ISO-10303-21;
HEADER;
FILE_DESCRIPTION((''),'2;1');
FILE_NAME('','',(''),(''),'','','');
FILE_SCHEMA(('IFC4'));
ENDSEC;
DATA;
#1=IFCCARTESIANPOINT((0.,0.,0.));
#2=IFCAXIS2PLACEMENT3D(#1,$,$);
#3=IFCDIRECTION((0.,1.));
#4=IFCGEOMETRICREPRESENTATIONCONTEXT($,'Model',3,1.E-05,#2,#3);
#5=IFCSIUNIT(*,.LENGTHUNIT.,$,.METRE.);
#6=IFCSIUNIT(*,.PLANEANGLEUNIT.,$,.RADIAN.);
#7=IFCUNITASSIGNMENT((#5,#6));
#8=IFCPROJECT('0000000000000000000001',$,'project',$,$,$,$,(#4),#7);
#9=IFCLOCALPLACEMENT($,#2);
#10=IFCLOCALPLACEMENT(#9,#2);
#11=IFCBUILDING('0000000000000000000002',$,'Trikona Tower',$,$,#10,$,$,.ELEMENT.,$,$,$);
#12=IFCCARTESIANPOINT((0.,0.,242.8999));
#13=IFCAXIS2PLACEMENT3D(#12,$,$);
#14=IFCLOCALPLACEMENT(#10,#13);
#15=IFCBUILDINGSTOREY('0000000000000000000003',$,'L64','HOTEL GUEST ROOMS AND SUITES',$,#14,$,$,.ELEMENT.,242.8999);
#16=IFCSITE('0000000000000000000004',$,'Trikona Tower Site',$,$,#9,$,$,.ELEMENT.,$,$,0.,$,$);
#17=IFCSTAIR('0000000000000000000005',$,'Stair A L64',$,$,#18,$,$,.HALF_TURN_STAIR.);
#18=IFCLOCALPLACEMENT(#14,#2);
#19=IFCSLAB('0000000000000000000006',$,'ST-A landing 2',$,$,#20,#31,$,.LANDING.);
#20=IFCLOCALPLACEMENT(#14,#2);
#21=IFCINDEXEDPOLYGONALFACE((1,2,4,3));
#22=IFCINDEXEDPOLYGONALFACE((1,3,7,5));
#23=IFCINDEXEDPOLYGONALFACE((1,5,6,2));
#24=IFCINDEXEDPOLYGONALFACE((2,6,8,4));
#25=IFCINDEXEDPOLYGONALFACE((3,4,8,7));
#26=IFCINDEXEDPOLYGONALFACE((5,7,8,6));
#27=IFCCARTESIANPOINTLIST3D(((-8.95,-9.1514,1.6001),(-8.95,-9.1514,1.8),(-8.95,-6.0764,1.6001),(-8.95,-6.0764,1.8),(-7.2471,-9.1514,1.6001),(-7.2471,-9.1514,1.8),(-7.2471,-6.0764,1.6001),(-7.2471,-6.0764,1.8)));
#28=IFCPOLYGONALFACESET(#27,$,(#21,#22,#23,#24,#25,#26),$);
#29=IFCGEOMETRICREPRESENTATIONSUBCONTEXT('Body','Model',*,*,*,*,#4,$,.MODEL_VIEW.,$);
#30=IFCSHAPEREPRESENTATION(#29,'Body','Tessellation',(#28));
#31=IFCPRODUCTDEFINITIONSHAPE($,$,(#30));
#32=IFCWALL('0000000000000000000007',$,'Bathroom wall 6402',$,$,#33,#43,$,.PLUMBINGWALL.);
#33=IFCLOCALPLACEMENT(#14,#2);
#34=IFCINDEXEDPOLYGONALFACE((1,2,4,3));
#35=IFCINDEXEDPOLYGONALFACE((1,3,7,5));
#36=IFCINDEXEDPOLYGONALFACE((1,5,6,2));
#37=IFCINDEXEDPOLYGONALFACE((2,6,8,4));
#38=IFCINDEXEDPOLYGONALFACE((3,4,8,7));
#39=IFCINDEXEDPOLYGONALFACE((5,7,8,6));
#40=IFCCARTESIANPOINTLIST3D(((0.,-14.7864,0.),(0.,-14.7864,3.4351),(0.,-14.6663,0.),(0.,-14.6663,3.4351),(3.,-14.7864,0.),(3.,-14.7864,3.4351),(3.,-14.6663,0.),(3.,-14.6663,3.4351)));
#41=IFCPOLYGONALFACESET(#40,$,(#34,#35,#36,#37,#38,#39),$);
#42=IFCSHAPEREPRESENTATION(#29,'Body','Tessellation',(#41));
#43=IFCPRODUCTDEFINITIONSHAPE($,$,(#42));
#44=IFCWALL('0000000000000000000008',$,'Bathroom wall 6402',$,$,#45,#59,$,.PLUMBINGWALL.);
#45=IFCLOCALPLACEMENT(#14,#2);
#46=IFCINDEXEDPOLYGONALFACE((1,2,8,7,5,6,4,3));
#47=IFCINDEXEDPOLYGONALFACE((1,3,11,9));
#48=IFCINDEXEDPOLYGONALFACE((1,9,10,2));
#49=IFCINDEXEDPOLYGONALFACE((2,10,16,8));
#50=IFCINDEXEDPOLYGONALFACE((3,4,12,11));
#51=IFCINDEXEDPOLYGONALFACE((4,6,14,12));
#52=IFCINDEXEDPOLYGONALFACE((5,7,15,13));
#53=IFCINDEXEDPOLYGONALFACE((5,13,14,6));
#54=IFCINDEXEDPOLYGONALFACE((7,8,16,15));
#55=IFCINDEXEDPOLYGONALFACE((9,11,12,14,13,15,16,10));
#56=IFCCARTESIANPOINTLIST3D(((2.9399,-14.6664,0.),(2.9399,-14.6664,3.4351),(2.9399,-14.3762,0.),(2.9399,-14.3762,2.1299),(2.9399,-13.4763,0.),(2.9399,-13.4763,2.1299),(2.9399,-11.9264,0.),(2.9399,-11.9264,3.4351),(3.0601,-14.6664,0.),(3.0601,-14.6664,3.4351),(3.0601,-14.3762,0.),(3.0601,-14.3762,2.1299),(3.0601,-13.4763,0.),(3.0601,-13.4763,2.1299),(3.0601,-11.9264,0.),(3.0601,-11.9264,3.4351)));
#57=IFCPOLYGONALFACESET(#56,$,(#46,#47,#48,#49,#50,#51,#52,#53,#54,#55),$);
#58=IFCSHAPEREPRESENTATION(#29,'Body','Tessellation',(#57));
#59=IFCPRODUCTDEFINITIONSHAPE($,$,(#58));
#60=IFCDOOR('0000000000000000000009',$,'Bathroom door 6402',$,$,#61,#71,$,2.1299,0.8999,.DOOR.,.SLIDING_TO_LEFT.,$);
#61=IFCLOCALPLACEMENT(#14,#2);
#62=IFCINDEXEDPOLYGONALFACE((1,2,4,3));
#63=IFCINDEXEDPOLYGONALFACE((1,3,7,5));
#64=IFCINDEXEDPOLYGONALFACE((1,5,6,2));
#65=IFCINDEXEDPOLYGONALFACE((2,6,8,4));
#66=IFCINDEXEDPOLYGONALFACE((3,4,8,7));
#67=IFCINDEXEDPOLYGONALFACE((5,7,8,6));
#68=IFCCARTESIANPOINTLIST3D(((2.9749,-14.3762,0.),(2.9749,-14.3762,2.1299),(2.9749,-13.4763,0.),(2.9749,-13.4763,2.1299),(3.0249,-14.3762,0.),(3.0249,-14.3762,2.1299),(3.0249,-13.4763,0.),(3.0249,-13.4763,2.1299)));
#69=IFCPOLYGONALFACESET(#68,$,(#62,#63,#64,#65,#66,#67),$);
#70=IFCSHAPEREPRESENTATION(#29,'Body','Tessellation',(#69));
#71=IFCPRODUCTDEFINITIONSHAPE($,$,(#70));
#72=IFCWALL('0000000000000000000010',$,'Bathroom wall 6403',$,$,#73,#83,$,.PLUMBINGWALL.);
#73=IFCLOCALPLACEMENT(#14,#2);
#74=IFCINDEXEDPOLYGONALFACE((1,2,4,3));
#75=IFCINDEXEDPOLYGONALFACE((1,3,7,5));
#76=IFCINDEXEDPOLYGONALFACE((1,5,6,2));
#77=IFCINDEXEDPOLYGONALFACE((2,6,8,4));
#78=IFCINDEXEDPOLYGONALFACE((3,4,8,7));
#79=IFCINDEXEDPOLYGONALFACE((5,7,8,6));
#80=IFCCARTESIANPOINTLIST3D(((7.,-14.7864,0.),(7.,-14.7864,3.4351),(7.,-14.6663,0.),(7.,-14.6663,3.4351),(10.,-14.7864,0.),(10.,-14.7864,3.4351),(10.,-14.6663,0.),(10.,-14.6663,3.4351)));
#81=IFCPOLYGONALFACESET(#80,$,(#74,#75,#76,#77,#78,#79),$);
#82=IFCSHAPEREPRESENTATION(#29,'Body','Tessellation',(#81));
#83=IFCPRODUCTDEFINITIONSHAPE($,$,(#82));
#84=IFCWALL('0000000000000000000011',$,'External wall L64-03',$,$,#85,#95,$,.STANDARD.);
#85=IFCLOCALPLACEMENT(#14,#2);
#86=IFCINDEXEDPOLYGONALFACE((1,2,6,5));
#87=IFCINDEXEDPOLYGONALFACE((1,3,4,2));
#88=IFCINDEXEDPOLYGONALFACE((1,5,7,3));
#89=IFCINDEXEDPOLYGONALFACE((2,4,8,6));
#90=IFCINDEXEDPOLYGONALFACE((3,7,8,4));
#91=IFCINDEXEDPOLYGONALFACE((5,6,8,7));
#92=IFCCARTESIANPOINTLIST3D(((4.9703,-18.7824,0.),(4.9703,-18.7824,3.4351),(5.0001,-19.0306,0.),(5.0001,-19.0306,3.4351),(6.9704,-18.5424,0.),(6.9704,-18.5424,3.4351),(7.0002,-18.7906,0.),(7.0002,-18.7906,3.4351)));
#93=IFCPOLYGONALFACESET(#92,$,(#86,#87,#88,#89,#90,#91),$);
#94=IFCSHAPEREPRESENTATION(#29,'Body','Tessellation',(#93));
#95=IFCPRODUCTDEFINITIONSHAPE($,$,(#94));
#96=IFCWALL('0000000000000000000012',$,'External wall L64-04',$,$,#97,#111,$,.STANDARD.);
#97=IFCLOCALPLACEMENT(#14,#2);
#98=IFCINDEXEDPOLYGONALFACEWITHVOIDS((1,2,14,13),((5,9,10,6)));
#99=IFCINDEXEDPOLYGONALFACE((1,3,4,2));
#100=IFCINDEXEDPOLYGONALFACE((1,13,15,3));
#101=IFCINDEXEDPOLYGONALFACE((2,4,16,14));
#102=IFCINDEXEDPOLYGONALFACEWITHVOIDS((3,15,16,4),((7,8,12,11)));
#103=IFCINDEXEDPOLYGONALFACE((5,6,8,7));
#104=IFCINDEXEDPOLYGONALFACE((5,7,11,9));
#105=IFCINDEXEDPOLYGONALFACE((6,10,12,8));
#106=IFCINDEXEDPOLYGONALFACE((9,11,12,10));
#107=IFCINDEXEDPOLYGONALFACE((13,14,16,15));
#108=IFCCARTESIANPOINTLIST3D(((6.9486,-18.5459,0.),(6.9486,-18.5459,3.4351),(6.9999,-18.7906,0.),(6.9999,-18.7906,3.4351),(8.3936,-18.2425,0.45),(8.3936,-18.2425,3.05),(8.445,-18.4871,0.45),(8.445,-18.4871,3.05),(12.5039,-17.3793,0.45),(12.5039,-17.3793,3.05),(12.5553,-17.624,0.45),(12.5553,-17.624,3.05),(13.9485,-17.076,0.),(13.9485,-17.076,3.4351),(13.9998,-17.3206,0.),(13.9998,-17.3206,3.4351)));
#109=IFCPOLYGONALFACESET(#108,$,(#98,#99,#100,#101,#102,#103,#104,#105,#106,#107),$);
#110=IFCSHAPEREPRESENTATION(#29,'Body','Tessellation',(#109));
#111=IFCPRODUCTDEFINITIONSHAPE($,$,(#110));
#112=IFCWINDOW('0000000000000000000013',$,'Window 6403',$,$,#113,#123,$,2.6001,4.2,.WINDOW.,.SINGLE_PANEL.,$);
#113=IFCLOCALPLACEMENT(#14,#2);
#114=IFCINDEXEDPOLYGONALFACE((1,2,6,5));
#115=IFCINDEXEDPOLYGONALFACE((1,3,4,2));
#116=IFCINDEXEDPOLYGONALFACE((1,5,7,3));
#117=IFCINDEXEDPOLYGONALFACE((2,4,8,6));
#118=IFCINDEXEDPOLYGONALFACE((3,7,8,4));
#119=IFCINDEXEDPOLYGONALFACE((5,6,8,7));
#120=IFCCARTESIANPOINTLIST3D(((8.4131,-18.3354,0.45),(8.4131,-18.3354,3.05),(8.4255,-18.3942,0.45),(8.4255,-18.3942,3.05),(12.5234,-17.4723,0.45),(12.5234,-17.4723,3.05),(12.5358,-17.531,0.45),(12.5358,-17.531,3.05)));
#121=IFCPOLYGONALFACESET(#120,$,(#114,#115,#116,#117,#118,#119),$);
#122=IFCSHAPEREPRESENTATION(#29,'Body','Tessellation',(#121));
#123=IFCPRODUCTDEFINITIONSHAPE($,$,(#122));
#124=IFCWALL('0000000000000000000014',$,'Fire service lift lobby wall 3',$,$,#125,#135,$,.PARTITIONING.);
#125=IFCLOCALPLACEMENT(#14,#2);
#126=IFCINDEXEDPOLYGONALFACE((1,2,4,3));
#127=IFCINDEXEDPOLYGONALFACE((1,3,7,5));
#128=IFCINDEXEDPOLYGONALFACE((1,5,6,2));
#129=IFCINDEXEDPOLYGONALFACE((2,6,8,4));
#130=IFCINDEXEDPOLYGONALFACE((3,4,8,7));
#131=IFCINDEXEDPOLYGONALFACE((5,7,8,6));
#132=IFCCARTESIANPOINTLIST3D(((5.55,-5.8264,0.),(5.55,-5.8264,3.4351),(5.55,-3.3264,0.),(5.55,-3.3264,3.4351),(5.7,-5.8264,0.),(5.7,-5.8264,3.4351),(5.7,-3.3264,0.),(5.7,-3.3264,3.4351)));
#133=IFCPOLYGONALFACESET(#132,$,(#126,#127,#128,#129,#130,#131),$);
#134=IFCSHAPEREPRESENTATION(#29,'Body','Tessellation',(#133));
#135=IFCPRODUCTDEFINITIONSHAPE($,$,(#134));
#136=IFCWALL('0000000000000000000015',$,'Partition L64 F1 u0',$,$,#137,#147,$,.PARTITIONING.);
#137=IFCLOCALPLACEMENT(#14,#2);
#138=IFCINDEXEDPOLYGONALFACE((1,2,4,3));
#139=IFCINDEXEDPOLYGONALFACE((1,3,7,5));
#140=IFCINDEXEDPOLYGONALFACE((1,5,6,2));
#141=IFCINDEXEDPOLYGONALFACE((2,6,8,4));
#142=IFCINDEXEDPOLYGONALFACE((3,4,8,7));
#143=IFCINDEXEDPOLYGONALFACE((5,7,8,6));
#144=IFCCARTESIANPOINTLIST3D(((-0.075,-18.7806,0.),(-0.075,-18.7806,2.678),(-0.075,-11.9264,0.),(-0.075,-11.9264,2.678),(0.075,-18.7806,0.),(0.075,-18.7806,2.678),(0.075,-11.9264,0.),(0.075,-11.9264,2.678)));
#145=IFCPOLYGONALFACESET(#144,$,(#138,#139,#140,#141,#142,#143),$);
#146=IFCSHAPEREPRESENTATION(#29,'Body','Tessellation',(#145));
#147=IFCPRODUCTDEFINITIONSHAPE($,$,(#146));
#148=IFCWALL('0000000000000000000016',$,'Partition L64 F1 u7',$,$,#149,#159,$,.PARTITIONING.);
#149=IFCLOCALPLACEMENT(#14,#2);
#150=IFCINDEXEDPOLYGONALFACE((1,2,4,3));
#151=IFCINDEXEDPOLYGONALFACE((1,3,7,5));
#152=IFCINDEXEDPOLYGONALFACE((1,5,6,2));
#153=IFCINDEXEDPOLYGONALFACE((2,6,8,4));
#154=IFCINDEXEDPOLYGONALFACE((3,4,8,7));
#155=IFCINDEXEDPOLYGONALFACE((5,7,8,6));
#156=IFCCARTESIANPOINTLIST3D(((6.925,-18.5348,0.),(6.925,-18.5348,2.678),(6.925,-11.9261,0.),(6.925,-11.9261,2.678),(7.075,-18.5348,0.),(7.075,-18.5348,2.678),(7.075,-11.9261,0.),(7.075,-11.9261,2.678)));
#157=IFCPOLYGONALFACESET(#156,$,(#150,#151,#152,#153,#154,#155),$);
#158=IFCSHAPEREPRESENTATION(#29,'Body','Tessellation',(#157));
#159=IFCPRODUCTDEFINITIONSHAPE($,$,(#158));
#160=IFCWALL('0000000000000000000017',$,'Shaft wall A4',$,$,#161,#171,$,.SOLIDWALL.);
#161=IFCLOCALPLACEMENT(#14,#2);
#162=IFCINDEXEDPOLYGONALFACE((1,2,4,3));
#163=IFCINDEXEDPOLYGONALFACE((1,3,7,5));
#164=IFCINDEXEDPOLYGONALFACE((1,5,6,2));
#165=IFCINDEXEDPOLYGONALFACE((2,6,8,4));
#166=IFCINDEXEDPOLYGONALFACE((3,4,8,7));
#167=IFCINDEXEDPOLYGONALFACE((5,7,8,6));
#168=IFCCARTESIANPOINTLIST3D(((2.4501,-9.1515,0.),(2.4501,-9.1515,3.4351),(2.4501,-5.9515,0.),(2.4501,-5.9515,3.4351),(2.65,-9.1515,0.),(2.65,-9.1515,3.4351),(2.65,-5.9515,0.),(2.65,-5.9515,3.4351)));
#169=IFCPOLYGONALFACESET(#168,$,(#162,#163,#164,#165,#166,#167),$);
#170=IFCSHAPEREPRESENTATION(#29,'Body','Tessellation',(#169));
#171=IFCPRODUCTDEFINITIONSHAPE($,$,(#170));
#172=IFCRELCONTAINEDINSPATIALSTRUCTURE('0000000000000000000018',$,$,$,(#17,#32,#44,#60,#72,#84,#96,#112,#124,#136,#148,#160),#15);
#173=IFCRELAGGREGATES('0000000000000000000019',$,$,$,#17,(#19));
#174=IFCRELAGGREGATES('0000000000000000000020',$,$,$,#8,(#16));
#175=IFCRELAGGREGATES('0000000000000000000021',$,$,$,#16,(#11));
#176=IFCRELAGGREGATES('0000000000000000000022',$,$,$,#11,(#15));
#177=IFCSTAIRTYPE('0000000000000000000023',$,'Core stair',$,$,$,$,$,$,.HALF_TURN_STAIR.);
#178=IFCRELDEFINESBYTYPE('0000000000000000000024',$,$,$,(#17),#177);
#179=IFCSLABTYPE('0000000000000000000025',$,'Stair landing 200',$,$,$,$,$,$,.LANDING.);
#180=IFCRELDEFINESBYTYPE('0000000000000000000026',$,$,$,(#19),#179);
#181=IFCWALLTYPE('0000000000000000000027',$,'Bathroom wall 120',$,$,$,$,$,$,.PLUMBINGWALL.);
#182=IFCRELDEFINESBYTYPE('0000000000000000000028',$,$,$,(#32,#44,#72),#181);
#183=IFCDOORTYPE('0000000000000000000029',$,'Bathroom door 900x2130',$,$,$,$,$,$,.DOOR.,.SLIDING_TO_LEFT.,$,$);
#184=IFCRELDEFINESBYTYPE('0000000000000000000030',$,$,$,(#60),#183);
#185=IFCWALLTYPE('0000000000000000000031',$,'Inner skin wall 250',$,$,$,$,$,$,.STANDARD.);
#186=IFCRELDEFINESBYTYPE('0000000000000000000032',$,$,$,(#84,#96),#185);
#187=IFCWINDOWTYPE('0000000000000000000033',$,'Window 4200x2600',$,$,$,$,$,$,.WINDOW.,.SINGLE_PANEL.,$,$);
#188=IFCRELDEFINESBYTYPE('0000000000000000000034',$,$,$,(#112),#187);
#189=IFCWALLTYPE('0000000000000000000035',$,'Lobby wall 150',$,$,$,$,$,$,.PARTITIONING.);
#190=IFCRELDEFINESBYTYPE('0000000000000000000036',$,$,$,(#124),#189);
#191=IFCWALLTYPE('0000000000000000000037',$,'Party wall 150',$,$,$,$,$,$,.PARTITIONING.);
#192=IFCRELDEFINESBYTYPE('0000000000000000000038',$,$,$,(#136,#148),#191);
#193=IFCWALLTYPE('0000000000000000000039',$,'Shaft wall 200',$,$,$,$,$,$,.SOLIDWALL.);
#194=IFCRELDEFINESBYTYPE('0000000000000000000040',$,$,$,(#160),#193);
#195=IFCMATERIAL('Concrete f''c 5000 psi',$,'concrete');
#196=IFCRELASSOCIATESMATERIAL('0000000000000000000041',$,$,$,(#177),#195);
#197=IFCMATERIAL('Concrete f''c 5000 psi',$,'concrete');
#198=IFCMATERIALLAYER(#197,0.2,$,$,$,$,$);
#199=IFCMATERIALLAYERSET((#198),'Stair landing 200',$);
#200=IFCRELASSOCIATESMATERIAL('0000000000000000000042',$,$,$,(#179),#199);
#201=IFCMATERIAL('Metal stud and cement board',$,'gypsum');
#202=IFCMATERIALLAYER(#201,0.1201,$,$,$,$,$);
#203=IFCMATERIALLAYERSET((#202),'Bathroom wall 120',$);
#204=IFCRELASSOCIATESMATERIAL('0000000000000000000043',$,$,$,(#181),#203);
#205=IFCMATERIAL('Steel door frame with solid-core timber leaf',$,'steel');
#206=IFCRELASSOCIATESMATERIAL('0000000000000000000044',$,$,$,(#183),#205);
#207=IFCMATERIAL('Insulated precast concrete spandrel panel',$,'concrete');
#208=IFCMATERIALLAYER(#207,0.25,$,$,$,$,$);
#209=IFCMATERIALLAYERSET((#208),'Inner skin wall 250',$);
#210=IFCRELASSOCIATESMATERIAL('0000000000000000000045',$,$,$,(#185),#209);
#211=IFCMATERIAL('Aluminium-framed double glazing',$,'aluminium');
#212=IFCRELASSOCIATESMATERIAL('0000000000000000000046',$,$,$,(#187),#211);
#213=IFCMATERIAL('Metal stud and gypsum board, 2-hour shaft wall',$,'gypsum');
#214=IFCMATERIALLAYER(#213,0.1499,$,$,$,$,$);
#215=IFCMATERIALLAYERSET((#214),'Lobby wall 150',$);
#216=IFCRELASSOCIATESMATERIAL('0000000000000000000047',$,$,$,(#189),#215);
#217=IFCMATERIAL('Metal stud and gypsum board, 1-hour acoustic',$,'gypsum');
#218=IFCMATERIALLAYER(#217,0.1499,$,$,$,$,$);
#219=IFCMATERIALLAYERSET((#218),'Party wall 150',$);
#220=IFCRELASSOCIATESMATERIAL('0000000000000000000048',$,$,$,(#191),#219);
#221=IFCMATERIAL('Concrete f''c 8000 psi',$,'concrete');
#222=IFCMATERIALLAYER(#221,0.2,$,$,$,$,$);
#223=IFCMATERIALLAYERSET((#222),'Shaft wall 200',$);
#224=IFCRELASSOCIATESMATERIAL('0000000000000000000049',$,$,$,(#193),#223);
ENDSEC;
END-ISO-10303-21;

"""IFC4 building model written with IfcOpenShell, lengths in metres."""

from ifc_helpers import new_model, si_unit, direction, frame, frame_2d, origin, place, context, subcontext, project, spatial, polyline, rectangle, outline, extrude, material, layer, layer_set, type_object, element, fill, aggregate, save


model = new_model("IFC4")

# Units and contexts
model_context = context("Model", 3, precision=1e-05, world=origin(), true_north=direction((0.0, 1.0)))
body_context = subcontext(model_context, "Body", "Model", "MODEL_VIEW")
ifc_project = project(units=[si_unit("LENGTHUNIT", "METRE"), si_unit("PLANEANGLEUNIT", "RADIAN")], contexts=[model_context])

# Site, building, storey
site_placement = place(None, origin())
site = spatial("IfcSite", under=ifc_project, at=site_placement, Name="Trikona Tower Site", CompositionType="ELEMENT", RefElevation=0.0)
building_placement = place(site_placement, origin())
building = spatial("IfcBuilding", under=site, at=building_placement, Name="Trikona Tower", CompositionType="ELEMENT")
storey_placement = place(building_placement, frame((0.0, 0.0, 242.8999)))
storey = spatial("IfcBuildingStorey", under=building, at=storey_placement, Name="L64", Description="HOTEL GUEST ROOMS AND SUITES", CompositionType="ELEMENT", Elevation=242.8999)

# Stair, slab
ifc_material_1 = material(Name="Concrete f'c 5000 psi", Category="concrete")
stair_type = type_object("IfcStairType", Name="Core stair", PredefinedType="HALF_TURN_STAIR", material=ifc_material_1)
stair_placement = place(storey_placement, origin())
stair = element("IfcStair", 1, at=stair_placement, inside=storey, type_object=stair_type, Name="Stair A L64", PredefinedType="HALF_TURN_STAIR")
ifc_material_2 = material(Name="Concrete f'c 5000 psi", Category="concrete")
ifc_layer_1 = layer(ifc_material_2, 0.2)
ifc_layer_set_1 = layer_set([ifc_layer_1], Name="Stair landing 200")
slab_type_1 = type_object("IfcSlabType", Name="Stair landing 200", PredefinedType="LANDING", material=ifc_layer_set_1)
slab_1_placement = place(storey_placement, frame((0.0, 0.0, 1.6001)))
slab_1 = element("IfcSlab", 2, at=slab_1_placement, type_object=slab_type_1, Name="ST-A landing 2", PredefinedType="LANDING", context=body_context, shape_type="SweptSolid", body=[
    extrude(outline(polyline([(-8.95, -6.0764), (-7.2471, -6.0764), (-7.2471, -9.1514), (-8.95, -9.1514), (-8.95, -6.0764)])), origin(), (0.0, 0.0, 1.0), 0.2),
])
aggregate(stair, [slab_1])

# Wall
ifc_material_3 = material(Name="Metal stud and cement board", Category="gypsum")
ifc_layer_2 = layer(ifc_material_3, 0.1201)
ifc_layer_set_2 = layer_set([ifc_layer_2], Name="Bathroom wall 120")
wall_type_1 = type_object("IfcWallType", Name="Bathroom wall 120", PredefinedType="PLUMBINGWALL", material=ifc_layer_set_2)
wall_1_placement = place(storey_placement, frame((0.0, -14.7263, 0.0), z_axis=(0.0, 0.0, 1.0), x_axis=(1.0, 0.0, 0.0)))
element("IfcWall", 3, at=wall_1_placement, inside=storey, type_object=wall_type_1, Name="Bathroom wall 6402", PredefinedType="PLUMBINGWALL", context=body_context, shape_type="SweptSolid", body=[
    extrude(rectangle(XDim=3.0, YDim=0.1201, at=frame_2d((1.5, 0.0))), origin(), (0.0, 0.0, 1.0), 3.4351),
])

# Wall, opening, door
wall_2_placement = place(storey_placement, frame((3.0, -11.9263, 0.0), z_axis=(0.0, 0.0, 1.0), x_axis=(0.0, -1.0, 0.0)))
wall_2 = element("IfcWall", 4, at=wall_2_placement, inside=storey, type_object=wall_type_1, Name="Bathroom wall 6402", PredefinedType="PLUMBINGWALL", context=body_context, shape_type="SweptSolid", body=[
    extrude(rectangle(XDim=2.74, YDim=0.1201, at=frame_2d((1.3701, 0.0))), origin(), (0.0, 0.0, 1.0), 3.4351),
])
opening_1_placement = place(wall_2_placement, frame((1.55, 0.0, 0.0)))
opening_1 = element("IfcOpeningElement", 5, at=opening_1_placement, cuts=wall_2, PredefinedType="OPENING", context=body_context, shape_type="SweptSolid", body=[
    extrude(rectangle(XDim=0.8999, YDim=2.1299, at=frame_2d((0.45, 1.0649))), frame((0.0, 0.0701, 0.0), z_axis=(0.0, -1.0, 0.0), x_axis=(1.0, 0.0, 0.0)), (0.0, 0.0, 1.0), 0.1401),
])
ifc_material_4 = material(Name="Steel door frame with solid-core timber leaf", Category="steel")
door_type = type_object("IfcDoorType", Name="Bathroom door 900x2130", OperationType="SLIDING_TO_LEFT", PredefinedType="DOOR", material=ifc_material_4)
door_placement = place(opening_1_placement, origin())
door = element("IfcDoor", 6, at=door_placement, inside=storey, type_object=door_type, Name="Bathroom door 6402", OperationType="SLIDING_TO_LEFT", OverallHeight=2.1299, OverallWidth=0.8999, PredefinedType="DOOR", context=body_context, shape_type="SweptSolid", body=[
    extrude(rectangle(XDim=0.8999, YDim=2.1299, at=frame_2d((0.45, 1.0649))), frame((0.0, 0.0249, 0.0), z_axis=(0.0, -1.0, 0.0), x_axis=(1.0, 0.0, 0.0)), (0.0, 0.0, 1.0), 0.05),
])
fill(opening_1, door)

# Walls
wall_3_placement = place(storey_placement, frame((7.0, -14.7263, 0.0), z_axis=(0.0, 0.0, 1.0), x_axis=(1.0, 0.0, 0.0)))
element("IfcWall", 7, at=wall_3_placement, inside=storey, type_object=wall_type_1, Name="Bathroom wall 6403", PredefinedType="PLUMBINGWALL", context=body_context, shape_type="SweptSolid", body=[
    extrude(rectangle(XDim=3.0, YDim=0.1201, at=frame_2d((1.5, 0.0))), origin(), (0.0, 0.0, 1.0), 3.4351),
])
ifc_material_5 = material(Name="Insulated precast concrete spandrel panel", Category="concrete")
ifc_layer_3 = layer(ifc_material_5, 0.25)
ifc_layer_set_3 = layer_set([ifc_layer_3], Name="Inner skin wall 250")
wall_type_2 = type_object("IfcWallType", Name="Inner skin wall 250", PredefinedType="STANDARD", material=ifc_layer_set_3)
wall_4_placement = place(storey_placement, frame((4.9851, -18.9065, 0.0), z_axis=(0.0, 0.0, 1.0), x_axis=(0.992877, 0.11914, 0.0)))
element("IfcWall", 8, at=wall_4_placement, inside=storey, type_object=wall_type_2, Name="External wall L64-03", PredefinedType="STANDARD", context=body_context, shape_type="SweptSolid", body=[
    extrude(rectangle(XDim=2.0144, YDim=0.25, at=frame_2d((1.0073, 0.0))), origin(), (0.0, 0.0, 1.0), 3.4351),
])

# Wall, opening, window
wall_5_placement = place(storey_placement, frame((6.9744, -18.6682, 0.0), z_axis=(0.0, 0.0, 1.0), x_axis=(0.978654, 0.205513, 0.0)))
wall_5 = element("IfcWall", 9, at=wall_5_placement, inside=storey, type_object=wall_type_2, Name="External wall L64-04", PredefinedType="STANDARD", context=body_context, shape_type="SweptSolid", body=[
    extrude(rectangle(XDim=7.1526, YDim=0.25, at=frame_2d((3.5762, 0.0))), origin(), (0.0, 0.0, 1.0), 3.4351),
])
opening_2_placement = place(wall_5_placement, frame((1.4763, 0.0, 0.45)))
opening_2 = element("IfcOpeningElement", 10, at=opening_2_placement, cuts=wall_5, PredefinedType="OPENING", context=body_context, shape_type="SweptSolid", body=[
    extrude(rectangle(XDim=4.2, YDim=2.6001, at=frame_2d((2.1001, 1.3))), frame((0.0, 0.135, 0.0), z_axis=(0.0, -1.0, 0.0), x_axis=(1.0, 0.0, 0.0)), (0.0, 0.0, 1.0), 0.27),
])
ifc_material_6 = material(Name="Aluminium-framed double glazing", Category="aluminium")
window_type = type_object("IfcWindowType", Name="Window 4200x2600", PartitioningType="SINGLE_PANEL", PredefinedType="WINDOW", material=ifc_material_6)
window_placement = place(opening_2_placement, origin())
window = element("IfcWindow", 11, at=window_placement, inside=storey, type_object=window_type, Name="Window 6403", OverallHeight=2.6001, OverallWidth=4.2, PartitioningType="SINGLE_PANEL", PredefinedType="WINDOW", context=body_context, shape_type="SweptSolid", body=[
    extrude(rectangle(XDim=4.2, YDim=2.6001, at=frame_2d((2.1001, 1.3))), frame((0.0, 0.03, 0.0), z_axis=(0.0, -1.0, 0.0), x_axis=(1.0, 0.0, 0.0)), (0.0, 0.0, 1.0), 0.0601),
])
fill(opening_2, window)

# Walls
ifc_material_7 = material(Name="Metal stud and gypsum board, 2-hour shaft wall", Category="gypsum")
ifc_layer_4 = layer(ifc_material_7, 0.1499)
ifc_layer_set_4 = layer_set([ifc_layer_4], Name="Lobby wall 150")
wall_type_3 = type_object("IfcWallType", Name="Lobby wall 150", PredefinedType="PARTITIONING", material=ifc_layer_set_4)
wall_6_placement = place(storey_placement, frame((5.625, -5.8264, 0.0), z_axis=(0.0, 0.0, 1.0), x_axis=(0.0, 1.0, 0.0)))
element("IfcWall", 12, at=wall_6_placement, inside=storey, type_object=wall_type_3, Name="Fire service lift lobby wall 3", PredefinedType="PARTITIONING", context=body_context, shape_type="SweptSolid", body=[
    extrude(rectangle(XDim=2.5, YDim=0.1499, at=frame_2d((1.25, 0.0))), origin(), (0.0, 0.0, 1.0), 3.4351),
])
ifc_material_8 = material(Name="Metal stud and gypsum board, 1-hour acoustic", Category="gypsum")
ifc_layer_5 = layer(ifc_material_8, 0.1499)
ifc_layer_set_5 = layer_set([ifc_layer_5], Name="Party wall 150")
wall_type_4 = type_object("IfcWallType", Name="Party wall 150", PredefinedType="PARTITIONING", material=ifc_layer_set_5)
wall_7_placement = place(storey_placement, frame((0.0, -11.9263, 0.0), z_axis=(0.0, 0.0, 1.0), x_axis=(0.0, -1.0, 0.0)))
element("IfcWall", 13, at=wall_7_placement, inside=storey, type_object=wall_type_4, Name="Partition L64 F1 u0", PredefinedType="PARTITIONING", context=body_context, shape_type="SweptSolid", body=[
    extrude(rectangle(XDim=6.8542, YDim=0.1499, at=frame_2d((3.4272, 0.0))), origin(), (0.0, 0.0, 1.0), 2.678),
])
wall_8_placement = place(storey_placement, frame((7.0, -11.9263, 0.0), z_axis=(0.0, 0.0, 1.0), x_axis=(0.0, -1.0, 0.0)))
element("IfcWall", 14, at=wall_8_placement, inside=storey, type_object=wall_type_4, Name="Partition L64 F1 u7", PredefinedType="PARTITIONING", context=body_context, shape_type="SweptSolid", body=[
    extrude(rectangle(XDim=6.6086, YDim=0.1499, at=frame_2d((3.3042, 0.0))), origin(), (0.0, 0.0, 1.0), 2.678),
])
ifc_material_9 = material(Name="Concrete f'c 8000 psi", Category="concrete")
ifc_layer_6 = layer(ifc_material_9, 0.2)
ifc_layer_set_6 = layer_set([ifc_layer_6], Name="Shaft wall 200")
wall_type_5 = type_object("IfcWallType", Name="Shaft wall 200", PredefinedType="SOLIDWALL", material=ifc_layer_set_6)
for number, where, z_axis, x_axis, name in (
    (15, (2.55, -5.9514, 0.0), (0.0, 0.0, 1.0), (0.0, -1.0, 0.0), "Shaft wall A4"),
):
    element("IfcWall", number, at=place(storey_placement, frame(where, z_axis=z_axis, x_axis=x_axis)), inside=storey, type_object=wall_type_5, Name=name, PredefinedType="SOLIDWALL", context=body_context, shape_type="SweptSolid", body=[
        extrude(rectangle(XDim=3.2, YDim=0.2, at=frame_2d((1.6001, 0.0))), origin(), (0.0, 0.0, 1.0), 3.4351),
    ])

save(model, "model.ifc")
